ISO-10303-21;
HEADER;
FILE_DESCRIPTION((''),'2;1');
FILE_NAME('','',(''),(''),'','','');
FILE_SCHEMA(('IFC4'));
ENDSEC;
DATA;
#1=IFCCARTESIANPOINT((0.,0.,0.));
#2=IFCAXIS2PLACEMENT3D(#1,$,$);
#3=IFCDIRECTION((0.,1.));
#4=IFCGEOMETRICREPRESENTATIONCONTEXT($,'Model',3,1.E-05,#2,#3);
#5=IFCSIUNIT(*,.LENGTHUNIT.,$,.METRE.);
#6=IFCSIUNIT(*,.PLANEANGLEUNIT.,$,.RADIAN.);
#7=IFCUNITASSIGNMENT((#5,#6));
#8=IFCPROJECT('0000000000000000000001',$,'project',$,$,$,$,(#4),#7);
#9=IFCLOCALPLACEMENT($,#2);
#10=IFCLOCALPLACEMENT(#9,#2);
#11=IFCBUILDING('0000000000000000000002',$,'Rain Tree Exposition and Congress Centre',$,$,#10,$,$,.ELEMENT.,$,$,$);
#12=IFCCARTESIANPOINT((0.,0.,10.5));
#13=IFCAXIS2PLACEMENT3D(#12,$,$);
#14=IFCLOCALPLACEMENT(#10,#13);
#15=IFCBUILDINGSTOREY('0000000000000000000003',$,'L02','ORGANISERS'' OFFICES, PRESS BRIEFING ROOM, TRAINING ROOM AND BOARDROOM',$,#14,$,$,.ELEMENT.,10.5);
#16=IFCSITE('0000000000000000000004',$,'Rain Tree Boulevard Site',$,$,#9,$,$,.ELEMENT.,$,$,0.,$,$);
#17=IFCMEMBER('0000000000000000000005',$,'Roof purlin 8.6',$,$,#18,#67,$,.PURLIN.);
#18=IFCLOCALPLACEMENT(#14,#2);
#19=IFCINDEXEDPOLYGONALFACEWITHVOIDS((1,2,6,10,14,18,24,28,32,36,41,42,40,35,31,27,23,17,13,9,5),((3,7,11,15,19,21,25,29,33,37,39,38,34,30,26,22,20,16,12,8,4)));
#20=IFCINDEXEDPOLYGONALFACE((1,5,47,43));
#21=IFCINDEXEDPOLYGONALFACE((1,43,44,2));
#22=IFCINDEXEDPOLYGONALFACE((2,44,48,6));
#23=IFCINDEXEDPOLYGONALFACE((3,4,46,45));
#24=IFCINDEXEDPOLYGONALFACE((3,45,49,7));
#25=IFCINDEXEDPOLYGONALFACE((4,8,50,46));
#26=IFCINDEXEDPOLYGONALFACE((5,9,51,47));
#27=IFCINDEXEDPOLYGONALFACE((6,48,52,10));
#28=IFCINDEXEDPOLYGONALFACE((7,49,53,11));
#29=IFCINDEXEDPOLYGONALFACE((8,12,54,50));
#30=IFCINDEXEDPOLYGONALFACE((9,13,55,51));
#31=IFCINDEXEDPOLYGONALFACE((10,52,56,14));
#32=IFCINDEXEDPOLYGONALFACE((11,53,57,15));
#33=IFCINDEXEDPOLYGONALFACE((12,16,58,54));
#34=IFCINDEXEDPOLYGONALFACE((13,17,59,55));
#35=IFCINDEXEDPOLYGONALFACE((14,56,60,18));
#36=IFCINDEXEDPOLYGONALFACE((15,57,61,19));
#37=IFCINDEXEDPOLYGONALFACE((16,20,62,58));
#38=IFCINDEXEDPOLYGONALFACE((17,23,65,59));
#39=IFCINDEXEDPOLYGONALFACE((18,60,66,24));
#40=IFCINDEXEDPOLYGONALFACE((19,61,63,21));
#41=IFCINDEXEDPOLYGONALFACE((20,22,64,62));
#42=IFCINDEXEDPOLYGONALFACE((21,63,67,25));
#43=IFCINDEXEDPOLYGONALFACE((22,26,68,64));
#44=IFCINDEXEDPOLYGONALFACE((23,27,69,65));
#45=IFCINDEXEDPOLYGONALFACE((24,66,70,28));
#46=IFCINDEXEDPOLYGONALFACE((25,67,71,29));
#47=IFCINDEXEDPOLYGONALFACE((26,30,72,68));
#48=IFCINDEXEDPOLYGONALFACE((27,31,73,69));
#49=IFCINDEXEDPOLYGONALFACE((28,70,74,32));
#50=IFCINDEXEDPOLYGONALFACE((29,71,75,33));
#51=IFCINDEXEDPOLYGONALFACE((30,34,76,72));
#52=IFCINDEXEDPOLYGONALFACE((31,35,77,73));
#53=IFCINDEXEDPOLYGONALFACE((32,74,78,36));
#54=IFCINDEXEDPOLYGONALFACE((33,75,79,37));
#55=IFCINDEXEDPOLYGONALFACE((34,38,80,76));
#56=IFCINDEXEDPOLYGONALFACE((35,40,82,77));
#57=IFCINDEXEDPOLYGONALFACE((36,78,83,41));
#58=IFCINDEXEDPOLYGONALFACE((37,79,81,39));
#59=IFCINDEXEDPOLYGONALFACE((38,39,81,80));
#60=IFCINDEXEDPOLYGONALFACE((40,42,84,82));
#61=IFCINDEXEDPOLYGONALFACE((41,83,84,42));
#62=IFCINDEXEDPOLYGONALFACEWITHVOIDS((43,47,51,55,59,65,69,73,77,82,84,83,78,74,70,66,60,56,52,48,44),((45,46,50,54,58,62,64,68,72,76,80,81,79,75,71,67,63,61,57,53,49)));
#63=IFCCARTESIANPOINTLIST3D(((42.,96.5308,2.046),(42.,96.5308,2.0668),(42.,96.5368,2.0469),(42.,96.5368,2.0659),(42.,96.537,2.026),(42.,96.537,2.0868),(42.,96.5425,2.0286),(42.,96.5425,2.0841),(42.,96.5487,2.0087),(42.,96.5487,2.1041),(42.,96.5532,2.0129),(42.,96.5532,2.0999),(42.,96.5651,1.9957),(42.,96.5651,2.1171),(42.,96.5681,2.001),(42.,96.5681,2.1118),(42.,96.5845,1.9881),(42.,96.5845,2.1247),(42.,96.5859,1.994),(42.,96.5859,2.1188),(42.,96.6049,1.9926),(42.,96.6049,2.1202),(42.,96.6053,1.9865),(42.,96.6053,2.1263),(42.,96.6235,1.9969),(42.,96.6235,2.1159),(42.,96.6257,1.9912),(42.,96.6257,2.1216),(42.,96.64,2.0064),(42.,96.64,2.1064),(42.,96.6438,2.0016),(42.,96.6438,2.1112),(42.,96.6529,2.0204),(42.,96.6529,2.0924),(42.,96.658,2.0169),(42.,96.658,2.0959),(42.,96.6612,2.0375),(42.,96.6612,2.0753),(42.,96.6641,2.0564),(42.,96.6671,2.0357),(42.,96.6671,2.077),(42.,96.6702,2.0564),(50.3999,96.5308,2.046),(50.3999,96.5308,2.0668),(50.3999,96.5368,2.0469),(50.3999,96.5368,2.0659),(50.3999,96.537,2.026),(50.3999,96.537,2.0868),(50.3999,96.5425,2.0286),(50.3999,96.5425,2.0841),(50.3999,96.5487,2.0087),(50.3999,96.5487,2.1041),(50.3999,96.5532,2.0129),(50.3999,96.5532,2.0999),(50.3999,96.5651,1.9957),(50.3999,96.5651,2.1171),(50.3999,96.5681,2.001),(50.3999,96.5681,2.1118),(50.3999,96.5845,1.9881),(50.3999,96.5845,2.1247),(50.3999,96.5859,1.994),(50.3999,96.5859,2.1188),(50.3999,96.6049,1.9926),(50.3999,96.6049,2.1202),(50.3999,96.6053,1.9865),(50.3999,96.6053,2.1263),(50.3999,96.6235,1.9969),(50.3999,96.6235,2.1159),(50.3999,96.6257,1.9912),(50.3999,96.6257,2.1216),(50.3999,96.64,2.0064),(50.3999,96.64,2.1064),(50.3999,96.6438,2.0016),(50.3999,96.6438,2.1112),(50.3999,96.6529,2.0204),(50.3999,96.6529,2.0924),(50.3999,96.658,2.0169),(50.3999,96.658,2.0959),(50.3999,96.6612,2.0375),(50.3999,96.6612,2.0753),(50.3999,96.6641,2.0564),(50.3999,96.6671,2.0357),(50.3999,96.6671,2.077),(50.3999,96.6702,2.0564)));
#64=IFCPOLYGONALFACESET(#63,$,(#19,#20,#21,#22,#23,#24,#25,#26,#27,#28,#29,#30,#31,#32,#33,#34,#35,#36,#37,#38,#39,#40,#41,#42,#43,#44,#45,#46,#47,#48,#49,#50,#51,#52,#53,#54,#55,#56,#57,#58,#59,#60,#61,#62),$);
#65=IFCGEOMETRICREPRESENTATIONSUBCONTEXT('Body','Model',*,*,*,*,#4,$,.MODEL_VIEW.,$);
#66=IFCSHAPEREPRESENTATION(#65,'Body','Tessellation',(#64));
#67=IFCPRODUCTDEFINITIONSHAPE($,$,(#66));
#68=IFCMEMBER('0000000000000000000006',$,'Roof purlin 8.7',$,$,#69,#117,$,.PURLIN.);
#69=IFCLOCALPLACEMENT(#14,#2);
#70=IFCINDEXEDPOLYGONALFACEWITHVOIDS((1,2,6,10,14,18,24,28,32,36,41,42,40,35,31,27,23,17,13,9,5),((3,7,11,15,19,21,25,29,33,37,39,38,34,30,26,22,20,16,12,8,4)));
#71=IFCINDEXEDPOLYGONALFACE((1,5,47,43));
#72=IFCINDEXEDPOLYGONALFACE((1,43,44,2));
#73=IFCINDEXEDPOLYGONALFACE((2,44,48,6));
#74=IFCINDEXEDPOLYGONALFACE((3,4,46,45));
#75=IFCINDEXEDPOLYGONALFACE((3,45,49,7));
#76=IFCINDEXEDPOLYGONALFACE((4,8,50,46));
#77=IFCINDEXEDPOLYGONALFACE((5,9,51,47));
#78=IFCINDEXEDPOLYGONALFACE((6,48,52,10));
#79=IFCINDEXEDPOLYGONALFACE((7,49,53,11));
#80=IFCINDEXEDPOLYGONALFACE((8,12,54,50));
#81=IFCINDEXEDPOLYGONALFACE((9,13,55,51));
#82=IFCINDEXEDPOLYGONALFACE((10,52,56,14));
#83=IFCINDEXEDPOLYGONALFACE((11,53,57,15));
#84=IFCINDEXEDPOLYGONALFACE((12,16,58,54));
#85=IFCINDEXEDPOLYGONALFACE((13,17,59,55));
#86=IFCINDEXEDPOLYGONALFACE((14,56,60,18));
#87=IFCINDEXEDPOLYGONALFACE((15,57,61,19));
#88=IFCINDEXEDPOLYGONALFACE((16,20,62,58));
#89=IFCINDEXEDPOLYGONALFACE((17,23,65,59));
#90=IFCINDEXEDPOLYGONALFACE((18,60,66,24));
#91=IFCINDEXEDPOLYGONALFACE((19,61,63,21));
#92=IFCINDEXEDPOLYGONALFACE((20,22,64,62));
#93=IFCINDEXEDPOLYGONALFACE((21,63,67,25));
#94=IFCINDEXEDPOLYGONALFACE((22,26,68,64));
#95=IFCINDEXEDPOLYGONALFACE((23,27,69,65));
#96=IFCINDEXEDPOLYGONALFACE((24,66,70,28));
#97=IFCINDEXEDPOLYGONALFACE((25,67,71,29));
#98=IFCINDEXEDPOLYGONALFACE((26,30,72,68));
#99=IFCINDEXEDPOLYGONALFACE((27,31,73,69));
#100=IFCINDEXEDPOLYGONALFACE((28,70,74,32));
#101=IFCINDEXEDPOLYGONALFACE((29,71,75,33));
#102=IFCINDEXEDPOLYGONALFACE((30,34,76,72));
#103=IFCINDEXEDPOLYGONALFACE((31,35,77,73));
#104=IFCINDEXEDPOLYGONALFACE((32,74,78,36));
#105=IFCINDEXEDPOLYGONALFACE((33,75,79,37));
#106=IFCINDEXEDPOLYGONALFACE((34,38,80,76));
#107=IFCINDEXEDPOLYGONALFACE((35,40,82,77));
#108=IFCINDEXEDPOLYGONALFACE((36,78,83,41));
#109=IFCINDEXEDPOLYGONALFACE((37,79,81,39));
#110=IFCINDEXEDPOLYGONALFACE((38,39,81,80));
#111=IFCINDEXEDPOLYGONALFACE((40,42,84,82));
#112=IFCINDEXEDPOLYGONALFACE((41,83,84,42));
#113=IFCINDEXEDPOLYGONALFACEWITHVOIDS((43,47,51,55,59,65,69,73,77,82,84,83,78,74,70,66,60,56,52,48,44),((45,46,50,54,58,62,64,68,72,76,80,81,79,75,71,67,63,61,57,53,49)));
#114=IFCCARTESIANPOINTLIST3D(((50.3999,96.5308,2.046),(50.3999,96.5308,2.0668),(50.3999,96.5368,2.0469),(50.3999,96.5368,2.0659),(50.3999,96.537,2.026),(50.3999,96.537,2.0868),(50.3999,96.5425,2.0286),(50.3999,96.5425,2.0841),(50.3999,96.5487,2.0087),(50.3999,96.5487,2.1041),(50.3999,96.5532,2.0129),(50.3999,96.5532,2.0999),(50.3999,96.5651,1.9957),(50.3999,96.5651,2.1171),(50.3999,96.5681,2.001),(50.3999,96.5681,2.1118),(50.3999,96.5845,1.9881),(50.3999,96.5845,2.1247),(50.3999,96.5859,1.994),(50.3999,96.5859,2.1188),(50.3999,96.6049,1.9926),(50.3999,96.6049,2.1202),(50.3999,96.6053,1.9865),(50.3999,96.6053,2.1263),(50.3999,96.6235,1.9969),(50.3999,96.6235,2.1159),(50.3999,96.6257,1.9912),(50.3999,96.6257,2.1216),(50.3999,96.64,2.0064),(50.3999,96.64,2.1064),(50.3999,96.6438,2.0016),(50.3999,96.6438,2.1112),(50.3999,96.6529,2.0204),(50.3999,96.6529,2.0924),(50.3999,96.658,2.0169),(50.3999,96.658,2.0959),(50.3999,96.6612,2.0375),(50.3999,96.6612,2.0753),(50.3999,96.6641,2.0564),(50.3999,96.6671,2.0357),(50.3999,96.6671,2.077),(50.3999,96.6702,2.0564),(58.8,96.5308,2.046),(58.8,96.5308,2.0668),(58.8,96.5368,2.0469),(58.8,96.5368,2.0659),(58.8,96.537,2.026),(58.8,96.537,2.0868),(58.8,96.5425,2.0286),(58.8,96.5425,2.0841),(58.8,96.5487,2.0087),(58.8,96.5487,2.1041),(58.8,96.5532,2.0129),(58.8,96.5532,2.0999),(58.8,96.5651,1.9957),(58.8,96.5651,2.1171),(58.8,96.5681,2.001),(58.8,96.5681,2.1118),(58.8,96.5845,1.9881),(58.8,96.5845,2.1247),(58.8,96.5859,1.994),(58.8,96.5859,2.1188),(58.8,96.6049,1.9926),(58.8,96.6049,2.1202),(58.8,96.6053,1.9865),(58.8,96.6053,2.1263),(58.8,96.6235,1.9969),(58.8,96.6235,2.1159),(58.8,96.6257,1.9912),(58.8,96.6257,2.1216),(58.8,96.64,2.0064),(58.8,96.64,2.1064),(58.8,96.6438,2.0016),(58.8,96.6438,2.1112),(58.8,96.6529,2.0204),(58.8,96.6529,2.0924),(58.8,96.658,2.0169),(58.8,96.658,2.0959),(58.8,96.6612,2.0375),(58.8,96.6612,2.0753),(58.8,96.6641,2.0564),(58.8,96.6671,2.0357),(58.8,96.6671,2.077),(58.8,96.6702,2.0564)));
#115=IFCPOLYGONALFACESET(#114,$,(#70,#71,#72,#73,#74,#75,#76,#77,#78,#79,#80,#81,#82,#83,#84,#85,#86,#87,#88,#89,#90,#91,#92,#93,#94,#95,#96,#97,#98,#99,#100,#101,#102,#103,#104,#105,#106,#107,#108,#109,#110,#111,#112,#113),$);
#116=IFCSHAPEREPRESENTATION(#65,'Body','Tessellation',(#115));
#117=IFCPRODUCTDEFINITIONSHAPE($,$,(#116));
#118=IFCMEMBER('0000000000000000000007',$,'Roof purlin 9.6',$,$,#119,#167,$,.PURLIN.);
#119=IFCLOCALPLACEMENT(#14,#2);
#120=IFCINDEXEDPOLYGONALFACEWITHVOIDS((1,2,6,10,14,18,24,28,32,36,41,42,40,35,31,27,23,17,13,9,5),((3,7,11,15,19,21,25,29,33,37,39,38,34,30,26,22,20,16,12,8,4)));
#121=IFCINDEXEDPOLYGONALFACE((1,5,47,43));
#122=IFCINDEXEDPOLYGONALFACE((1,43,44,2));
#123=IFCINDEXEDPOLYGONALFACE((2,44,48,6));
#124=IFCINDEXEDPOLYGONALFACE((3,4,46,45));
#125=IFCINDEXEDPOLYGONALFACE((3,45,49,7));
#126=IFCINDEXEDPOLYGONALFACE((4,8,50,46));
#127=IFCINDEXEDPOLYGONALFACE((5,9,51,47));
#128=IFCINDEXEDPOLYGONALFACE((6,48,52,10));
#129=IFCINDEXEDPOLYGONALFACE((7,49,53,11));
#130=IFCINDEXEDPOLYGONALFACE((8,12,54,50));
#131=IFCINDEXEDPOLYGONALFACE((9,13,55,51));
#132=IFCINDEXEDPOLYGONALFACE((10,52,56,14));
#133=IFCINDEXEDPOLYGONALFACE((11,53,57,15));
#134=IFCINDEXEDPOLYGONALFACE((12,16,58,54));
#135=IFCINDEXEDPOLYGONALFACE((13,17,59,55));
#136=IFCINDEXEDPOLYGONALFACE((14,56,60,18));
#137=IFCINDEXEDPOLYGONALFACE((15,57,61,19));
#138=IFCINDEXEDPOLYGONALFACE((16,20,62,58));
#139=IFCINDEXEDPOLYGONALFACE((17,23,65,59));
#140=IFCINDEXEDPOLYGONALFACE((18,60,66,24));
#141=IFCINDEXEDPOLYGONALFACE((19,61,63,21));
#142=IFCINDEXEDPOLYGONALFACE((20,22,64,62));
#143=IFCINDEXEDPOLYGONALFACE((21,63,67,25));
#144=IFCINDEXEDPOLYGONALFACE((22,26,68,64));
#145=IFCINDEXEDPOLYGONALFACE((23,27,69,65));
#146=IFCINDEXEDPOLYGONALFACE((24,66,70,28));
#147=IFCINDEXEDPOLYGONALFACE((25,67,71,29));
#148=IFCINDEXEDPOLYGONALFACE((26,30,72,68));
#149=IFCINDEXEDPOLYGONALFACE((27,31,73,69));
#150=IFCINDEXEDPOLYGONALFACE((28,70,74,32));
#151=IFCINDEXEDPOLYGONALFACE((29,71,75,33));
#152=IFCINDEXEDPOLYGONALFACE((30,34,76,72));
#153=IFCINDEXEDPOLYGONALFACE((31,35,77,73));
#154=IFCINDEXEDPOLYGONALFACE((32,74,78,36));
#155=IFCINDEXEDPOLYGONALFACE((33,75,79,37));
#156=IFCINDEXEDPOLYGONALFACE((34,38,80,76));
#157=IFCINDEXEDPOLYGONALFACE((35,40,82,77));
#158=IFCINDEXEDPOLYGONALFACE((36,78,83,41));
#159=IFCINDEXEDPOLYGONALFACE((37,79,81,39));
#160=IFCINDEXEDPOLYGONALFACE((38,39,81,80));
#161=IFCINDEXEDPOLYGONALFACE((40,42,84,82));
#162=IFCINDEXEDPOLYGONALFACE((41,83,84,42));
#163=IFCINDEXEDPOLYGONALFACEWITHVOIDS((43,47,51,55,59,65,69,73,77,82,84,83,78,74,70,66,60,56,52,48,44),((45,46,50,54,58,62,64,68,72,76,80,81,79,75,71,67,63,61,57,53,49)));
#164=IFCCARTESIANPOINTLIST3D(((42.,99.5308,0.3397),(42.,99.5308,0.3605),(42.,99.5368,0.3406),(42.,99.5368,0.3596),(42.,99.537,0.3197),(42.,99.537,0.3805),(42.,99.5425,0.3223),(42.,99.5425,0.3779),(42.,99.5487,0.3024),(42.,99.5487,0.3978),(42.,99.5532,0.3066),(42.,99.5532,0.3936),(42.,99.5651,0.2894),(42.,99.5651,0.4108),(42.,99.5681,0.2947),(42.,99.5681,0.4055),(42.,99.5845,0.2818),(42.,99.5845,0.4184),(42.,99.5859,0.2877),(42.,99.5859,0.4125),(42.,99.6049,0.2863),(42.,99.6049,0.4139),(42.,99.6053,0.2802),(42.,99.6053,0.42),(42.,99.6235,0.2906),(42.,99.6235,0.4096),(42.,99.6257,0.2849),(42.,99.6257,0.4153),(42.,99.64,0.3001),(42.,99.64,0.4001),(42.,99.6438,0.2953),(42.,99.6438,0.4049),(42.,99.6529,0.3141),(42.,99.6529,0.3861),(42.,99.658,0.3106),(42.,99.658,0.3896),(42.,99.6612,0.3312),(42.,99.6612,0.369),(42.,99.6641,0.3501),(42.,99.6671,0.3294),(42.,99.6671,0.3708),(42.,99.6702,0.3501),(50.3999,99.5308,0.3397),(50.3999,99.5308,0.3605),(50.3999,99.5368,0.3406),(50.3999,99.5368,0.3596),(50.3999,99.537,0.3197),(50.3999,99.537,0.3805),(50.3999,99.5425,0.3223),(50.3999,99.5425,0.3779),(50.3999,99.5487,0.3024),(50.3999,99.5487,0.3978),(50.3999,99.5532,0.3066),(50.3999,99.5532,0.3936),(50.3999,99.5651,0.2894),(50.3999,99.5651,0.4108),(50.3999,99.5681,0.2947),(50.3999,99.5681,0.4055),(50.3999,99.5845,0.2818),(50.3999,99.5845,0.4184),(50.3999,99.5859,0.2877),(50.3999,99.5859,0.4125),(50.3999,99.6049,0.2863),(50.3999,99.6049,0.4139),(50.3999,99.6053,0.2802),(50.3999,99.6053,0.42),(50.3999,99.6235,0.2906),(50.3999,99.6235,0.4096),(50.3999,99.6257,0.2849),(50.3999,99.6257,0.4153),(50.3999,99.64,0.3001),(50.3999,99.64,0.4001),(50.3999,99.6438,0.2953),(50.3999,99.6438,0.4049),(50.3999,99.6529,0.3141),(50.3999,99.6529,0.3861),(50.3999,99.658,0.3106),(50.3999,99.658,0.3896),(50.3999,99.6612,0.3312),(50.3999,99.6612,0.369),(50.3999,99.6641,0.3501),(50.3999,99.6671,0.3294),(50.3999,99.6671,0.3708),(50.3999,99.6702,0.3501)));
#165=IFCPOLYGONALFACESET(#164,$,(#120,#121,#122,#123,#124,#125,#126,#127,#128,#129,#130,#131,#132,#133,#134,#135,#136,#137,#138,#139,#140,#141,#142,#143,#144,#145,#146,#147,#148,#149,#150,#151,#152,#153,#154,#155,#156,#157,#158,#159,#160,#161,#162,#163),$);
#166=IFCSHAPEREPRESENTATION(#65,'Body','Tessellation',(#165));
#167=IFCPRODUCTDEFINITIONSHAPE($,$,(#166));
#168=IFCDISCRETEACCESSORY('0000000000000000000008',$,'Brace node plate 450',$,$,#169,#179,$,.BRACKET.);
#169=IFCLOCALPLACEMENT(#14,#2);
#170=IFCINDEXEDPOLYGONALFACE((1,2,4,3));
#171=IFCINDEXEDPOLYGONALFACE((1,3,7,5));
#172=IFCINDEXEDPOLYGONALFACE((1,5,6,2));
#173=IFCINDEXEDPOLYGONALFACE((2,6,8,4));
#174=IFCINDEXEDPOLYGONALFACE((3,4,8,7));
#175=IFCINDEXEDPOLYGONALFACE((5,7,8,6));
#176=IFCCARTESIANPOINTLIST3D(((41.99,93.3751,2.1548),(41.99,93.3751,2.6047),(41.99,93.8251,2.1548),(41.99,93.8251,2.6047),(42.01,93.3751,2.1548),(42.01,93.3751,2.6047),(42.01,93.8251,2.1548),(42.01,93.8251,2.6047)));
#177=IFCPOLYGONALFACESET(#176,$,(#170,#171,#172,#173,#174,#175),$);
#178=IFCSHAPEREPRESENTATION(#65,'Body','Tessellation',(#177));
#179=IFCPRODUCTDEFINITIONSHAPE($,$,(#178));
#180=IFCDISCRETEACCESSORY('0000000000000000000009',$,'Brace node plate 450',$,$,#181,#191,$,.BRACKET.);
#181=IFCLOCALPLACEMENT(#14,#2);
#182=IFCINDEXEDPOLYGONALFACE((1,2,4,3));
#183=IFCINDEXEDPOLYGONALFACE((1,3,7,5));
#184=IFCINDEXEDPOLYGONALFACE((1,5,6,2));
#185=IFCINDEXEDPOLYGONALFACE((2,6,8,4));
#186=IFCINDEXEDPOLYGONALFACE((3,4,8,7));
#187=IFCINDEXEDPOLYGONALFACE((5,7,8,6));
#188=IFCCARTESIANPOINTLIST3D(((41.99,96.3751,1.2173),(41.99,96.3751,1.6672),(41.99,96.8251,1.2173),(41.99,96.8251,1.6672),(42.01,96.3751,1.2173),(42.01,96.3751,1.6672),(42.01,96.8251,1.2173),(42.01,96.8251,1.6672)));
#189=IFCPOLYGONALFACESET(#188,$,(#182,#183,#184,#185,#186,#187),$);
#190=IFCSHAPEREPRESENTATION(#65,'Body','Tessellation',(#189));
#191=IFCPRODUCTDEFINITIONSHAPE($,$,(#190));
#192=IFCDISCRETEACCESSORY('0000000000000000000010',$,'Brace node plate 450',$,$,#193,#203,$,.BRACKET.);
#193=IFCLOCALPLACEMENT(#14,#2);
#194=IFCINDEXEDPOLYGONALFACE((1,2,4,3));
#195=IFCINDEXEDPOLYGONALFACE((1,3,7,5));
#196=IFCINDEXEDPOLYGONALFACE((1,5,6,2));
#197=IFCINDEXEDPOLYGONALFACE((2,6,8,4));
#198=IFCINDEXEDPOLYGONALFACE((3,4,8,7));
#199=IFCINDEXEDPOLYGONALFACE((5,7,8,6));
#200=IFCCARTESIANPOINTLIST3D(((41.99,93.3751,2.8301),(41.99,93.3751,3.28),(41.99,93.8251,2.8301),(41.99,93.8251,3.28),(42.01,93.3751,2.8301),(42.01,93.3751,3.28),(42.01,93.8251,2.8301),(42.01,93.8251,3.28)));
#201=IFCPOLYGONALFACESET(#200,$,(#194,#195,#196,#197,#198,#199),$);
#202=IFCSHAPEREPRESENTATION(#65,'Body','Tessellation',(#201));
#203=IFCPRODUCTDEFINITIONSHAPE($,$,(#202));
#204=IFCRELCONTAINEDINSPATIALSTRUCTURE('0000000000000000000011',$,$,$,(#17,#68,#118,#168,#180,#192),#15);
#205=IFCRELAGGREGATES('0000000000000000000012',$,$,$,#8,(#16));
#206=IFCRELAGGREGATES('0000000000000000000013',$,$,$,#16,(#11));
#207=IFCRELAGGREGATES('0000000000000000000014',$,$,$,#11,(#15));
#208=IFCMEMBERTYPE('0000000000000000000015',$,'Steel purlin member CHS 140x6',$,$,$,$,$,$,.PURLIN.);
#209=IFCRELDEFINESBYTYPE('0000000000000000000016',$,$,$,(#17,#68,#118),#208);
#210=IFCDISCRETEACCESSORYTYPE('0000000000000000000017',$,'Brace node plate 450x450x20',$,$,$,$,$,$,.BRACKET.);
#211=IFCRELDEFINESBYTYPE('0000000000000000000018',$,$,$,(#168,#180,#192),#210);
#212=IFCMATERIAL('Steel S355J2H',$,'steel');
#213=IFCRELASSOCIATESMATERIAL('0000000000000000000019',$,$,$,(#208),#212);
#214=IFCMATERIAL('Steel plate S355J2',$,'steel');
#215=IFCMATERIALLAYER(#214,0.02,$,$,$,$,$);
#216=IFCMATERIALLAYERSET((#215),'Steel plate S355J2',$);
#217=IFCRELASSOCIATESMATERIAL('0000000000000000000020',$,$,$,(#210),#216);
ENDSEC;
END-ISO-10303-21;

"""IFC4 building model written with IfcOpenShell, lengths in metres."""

from ifc_helpers import new_model, si_unit, direction, frame, origin, origin_2d, place, context, subcontext, project, spatial, rectangle, hollow_circle, extrude, material, layer, layer_set, material_profile, profile_set, type_object, element, save


model = new_model("IFC4")

# Units and contexts
model_context = context("Model", 3, precision=1e-05, world=origin(), true_north=direction((0.0, 1.0)))
body_context = subcontext(model_context, "Body", "Model", "MODEL_VIEW")
ifc_project = project(units=[si_unit("LENGTHUNIT", "METRE"), si_unit("PLANEANGLEUNIT", "RADIAN")], contexts=[model_context])

# Site, building, storey
site_placement = place(None, origin())
site = spatial("IfcSite", under=ifc_project, at=site_placement, Name="Rain Tree Boulevard Site", CompositionType="ELEMENT", RefElevation=0.0)
building_placement = place(site_placement, origin())
building = spatial("IfcBuilding", under=site, at=building_placement, Name="Rain Tree Exposition and Congress Centre", CompositionType="ELEMENT")
storey_placement = place(building_placement, frame((0.0, 0.0, 10.5)))
storey = spatial("IfcBuildingStorey", under=building, at=storey_placement, Name="L02", Description="ORGANISERS' OFFICES, PRESS BRIEFING ROOM, TRAINING ROOM AND BOARDROOM", CompositionType="ELEMENT", Elevation=10.5)

# Members
ifc_material_1 = material(Name="Steel S355J2H", Category="steel")
ifc_material_profile_1 = material_profile(ifc_material_1, hollow_circle(Radius=0.0701, WallThickness=0.0061, at=origin_2d()), Name="CHS 140x6")
ifc_profile_set_1 = profile_set([ifc_material_profile_1], Name="Steel S355J2H")
member_type_1 = type_object("IfcMemberType", Name="Steel purlin member CHS 140x6", PredefinedType="PURLIN", material=ifc_profile_set_1)
member_1_placement = place(storey_placement, frame((42.0, 96.6001, 2.0564), z_axis=(1.0, 0.0, 0.0), x_axis=(0.0, 1.0, 0.0)))
element("IfcMember", 1, at=member_1_placement, inside=storey, type_object=member_type_1, Name="Roof purlin 8.6", PredefinedType="PURLIN", context=body_context, shape_type="SweptSolid", body=[
    extrude(hollow_circle(Radius=0.0701, WallThickness=0.0061, at=origin_2d()), origin(), (0.0, 0.0, 1.0), 8.3999),
])
member_2_placement = place(storey_placement, frame((50.3999, 96.6001, 2.0564), z_axis=(1.0, 0.0, 0.0), x_axis=(0.0, 1.0, 0.0)))
element("IfcMember", 2, at=member_2_placement, inside=storey, type_object=member_type_1, Name="Roof purlin 8.7", PredefinedType="PURLIN", context=body_context, shape_type="SweptSolid", body=[
    extrude(hollow_circle(Radius=0.0701, WallThickness=0.0061, at=origin_2d()), origin(), (0.0, 0.0, 1.0), 8.4001),
])
member_3_placement = place(storey_placement, frame((42.0, 99.6001, 0.3501), z_axis=(1.0, 0.0, 0.0), x_axis=(0.0, 1.0, 0.0)))
element("IfcMember", 3, at=member_3_placement, inside=storey, type_object=member_type_1, Name="Roof purlin 9.6", PredefinedType="PURLIN", context=body_context, shape_type="SweptSolid", body=[
    extrude(hollow_circle(Radius=0.0701, WallThickness=0.0061, at=origin_2d()), origin(), (0.0, 0.0, 1.0), 8.3999),
])

# Discrete accessories
ifc_material_2 = material(Name="Steel plate S355J2", Category="steel")
ifc_layer_1 = layer(ifc_material_2, 0.02)
ifc_layer_set_1 = layer_set([ifc_layer_1], Name="Steel plate S355J2")
discrete_accessory_type_1 = type_object("IfcDiscreteAccessoryType", Name="Brace node plate 450x450x20", PredefinedType="BRACKET", material=ifc_layer_set_1)
for number, where, z_axis, x_axis, name in (
    (4, (42.0, 93.6001, 2.1548), (0.0, 0.0, 1.0), (0.0, -1.0, 0.0), "Brace node plate 450"),
    (5, (42.0, 96.6001, 1.2173), (0.0, 0.0, 1.0), (0.0, -1.0, 0.0), "Brace node plate 450"),
    (6, (42.0, 93.6001, 2.8301), (0.0, 0.0, 1.0), (0.0, 1.0, 0.0), "Brace node plate 450"),
):
    element("IfcDiscreteAccessory", number, at=place(storey_placement, frame(where, z_axis=z_axis, x_axis=x_axis)), inside=storey, type_object=discrete_accessory_type_1, Name=name, PredefinedType="BRACKET", context=body_context, shape_type="SweptSolid", body=[
        extrude(rectangle(XDim=0.45, YDim=0.02, at=origin_2d()), origin(), (0.0, 0.0, 1.0), 0.45),
    ])

save(model, "model.ifc")
